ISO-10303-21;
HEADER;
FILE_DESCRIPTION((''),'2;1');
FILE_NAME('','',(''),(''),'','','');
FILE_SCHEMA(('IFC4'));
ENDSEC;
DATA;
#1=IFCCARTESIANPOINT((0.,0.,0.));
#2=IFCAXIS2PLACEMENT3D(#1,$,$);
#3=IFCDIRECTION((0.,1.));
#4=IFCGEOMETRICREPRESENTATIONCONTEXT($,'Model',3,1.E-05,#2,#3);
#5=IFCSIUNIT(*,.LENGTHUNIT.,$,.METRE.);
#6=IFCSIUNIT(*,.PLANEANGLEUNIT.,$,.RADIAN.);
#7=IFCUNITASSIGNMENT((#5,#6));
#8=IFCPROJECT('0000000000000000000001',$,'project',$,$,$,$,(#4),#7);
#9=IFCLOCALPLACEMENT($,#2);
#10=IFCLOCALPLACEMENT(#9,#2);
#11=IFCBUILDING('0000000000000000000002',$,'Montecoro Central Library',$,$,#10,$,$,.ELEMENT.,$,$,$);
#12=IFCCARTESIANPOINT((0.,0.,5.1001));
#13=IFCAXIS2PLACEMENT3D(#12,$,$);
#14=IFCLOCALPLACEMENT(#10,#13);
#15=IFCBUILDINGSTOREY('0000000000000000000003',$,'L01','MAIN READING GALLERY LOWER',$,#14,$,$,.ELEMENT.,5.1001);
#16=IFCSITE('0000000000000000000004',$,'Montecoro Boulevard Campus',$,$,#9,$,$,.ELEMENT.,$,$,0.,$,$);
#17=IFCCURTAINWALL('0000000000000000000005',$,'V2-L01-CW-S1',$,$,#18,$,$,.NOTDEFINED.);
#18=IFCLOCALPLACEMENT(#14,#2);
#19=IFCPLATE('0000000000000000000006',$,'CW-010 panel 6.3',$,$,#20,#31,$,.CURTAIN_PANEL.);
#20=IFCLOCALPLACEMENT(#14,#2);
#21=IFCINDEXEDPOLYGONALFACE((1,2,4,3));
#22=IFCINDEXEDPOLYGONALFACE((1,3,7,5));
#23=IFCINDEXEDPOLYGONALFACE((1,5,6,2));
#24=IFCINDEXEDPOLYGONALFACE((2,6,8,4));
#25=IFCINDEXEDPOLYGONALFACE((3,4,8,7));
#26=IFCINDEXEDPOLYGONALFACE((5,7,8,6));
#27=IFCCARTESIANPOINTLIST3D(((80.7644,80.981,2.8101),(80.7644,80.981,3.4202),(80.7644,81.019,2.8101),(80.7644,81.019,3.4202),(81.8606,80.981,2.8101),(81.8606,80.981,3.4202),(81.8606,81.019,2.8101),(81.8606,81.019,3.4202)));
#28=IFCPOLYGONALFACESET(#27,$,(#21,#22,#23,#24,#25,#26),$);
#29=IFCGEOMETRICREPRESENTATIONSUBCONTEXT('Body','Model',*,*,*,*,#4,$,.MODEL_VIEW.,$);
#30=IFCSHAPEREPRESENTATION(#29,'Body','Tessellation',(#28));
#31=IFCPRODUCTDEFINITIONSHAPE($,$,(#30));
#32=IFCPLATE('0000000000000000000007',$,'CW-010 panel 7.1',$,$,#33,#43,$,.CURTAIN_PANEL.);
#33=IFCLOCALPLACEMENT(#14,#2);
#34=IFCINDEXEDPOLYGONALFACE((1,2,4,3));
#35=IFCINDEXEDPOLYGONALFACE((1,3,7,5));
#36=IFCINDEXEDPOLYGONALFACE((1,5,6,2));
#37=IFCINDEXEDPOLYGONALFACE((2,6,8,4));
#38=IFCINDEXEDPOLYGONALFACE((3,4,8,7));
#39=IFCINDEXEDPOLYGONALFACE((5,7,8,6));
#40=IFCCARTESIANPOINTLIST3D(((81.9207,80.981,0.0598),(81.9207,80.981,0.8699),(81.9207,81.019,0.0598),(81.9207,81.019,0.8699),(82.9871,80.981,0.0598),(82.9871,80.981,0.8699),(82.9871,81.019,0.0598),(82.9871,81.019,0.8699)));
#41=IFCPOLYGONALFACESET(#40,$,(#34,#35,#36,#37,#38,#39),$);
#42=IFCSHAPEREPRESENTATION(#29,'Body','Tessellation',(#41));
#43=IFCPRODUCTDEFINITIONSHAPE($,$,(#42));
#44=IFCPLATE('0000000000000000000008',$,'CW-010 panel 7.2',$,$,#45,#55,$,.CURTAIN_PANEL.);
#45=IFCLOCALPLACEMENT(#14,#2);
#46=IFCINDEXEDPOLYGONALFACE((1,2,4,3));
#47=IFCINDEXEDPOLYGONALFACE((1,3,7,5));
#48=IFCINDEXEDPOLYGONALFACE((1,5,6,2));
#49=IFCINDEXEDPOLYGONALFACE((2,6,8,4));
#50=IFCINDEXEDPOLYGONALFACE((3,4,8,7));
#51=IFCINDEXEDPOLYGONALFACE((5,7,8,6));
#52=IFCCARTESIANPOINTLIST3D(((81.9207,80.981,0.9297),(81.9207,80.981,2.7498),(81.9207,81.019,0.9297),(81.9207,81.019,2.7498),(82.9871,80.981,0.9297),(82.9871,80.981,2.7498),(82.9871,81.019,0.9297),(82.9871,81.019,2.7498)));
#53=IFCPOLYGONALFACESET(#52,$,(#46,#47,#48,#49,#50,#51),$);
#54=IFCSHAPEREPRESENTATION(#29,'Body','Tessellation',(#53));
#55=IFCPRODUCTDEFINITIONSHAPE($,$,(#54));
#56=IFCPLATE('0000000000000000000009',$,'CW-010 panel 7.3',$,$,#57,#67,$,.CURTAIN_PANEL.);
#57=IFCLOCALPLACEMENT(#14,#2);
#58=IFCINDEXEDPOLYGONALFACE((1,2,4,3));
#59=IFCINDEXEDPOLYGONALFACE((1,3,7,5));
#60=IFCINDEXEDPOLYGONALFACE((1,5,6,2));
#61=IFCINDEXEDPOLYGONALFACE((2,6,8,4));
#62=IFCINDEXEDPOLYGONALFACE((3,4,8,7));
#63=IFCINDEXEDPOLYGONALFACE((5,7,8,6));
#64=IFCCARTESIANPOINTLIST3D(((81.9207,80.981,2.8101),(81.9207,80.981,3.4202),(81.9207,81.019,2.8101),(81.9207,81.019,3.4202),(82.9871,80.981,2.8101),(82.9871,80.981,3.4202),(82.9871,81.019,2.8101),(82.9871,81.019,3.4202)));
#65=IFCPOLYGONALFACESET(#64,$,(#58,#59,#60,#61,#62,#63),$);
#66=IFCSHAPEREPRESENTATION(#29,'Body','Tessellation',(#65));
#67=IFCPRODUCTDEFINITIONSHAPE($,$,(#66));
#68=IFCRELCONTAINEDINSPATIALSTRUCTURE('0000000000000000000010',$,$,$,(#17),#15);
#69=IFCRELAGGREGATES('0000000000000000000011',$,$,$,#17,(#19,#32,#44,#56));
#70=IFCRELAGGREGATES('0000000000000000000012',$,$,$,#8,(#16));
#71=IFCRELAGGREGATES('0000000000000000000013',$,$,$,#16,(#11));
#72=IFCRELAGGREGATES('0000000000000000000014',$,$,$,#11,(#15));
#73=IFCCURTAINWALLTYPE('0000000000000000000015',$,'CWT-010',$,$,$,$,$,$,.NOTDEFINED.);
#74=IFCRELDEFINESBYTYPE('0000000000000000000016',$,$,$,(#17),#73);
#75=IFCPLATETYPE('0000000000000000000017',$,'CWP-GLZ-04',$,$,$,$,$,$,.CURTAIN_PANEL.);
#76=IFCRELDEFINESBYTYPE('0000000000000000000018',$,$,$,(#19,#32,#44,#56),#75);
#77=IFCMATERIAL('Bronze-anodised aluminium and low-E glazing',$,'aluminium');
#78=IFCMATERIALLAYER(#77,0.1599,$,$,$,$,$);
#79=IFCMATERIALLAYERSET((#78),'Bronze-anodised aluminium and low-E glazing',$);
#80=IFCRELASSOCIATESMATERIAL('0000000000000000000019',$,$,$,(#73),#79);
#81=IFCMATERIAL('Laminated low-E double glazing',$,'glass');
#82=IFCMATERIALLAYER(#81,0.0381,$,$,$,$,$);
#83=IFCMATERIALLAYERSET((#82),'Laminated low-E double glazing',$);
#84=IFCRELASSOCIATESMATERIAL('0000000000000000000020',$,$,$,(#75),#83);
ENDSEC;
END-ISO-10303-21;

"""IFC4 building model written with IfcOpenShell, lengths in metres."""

from ifc_helpers import new_model, si_unit, direction, frame, origin, origin_2d, place, context, subcontext, project, spatial, rectangle, extrude, material, layer, layer_set, type_object, element, aggregate, save


model = new_model("IFC4")

# Units and contexts
model_context = context("Model", 3, precision=1e-05, world=origin(), true_north=direction((0.0, 1.0)))
body_context = subcontext(model_context, "Body", "Model", "MODEL_VIEW")
ifc_project = project(units=[si_unit("LENGTHUNIT", "METRE"), si_unit("PLANEANGLEUNIT", "RADIAN")], contexts=[model_context])

# Site, building, storey
site_placement = place(None, origin())
site = spatial("IfcSite", under=ifc_project, at=site_placement, Name="Montecoro Boulevard Campus", CompositionType="ELEMENT", RefElevation=0.0)
building_placement = place(site_placement, origin())
building = spatial("IfcBuilding", under=site, at=building_placement, Name="Montecoro Central Library", CompositionType="ELEMENT")
storey_placement = place(building_placement, frame((0.0, 0.0, 5.1001)))
storey = spatial("IfcBuildingStorey", under=building, at=storey_placement, Name="L01", Description="MAIN READING GALLERY LOWER", CompositionType="ELEMENT", Elevation=5.1001)

# Curtain wall, plates
ifc_material_1 = material(Name="Bronze-anodised aluminium and low-E glazing", Category="aluminium")
ifc_layer_1 = layer(ifc_material_1, 0.1599)
ifc_layer_set_1 = layer_set([ifc_layer_1], Name="Bronze-anodised aluminium and low-E glazing")
curtain_wall_type = type_object("IfcCurtainWallType", Name="CWT-010", PredefinedType="NOTDEFINED", material=ifc_layer_set_1)
curtain_wall_placement = place(storey_placement, origin())
curtain_wall = element("IfcCurtainWall", 1, at=curtain_wall_placement, inside=storey, type_object=curtain_wall_type, Name="V2-L01-CW-S1", PredefinedType="NOTDEFINED")
ifc_material_2 = material(Name="Laminated low-E double glazing", Category="glass")
ifc_layer_2 = layer(ifc_material_2, 0.0381)
ifc_layer_set_2 = layer_set([ifc_layer_2], Name="Laminated low-E double glazing")
plate_type = type_object("IfcPlateType", Name="CWP-GLZ-04", PredefinedType="CURTAIN_PANEL", material=ifc_layer_set_2)
plate_1_placement = place(storey_placement, frame((81.3125, 81.0, 2.8101), z_axis=(0.0, 0.0, 1.0), x_axis=(1.0, 0.0, 0.0)))
plate_1 = element("IfcPlate", 2, at=plate_1_placement, type_object=plate_type, Name="CW-010 panel 6.3", PredefinedType="CURTAIN_PANEL", context=body_context, shape_type="SweptSolid", body=[
    extrude(rectangle(XDim=1.0962, YDim=0.0381, at=origin_2d()), origin(), (0.0, 0.0, 1.0), 0.6101),
])
plate_2_placement = place(storey_placement, frame((82.4539, 81.0, 0.0598), z_axis=(0.0, 0.0, 1.0), x_axis=(1.0, 0.0, 0.0)))
plate_2 = element("IfcPlate", 3, at=plate_2_placement, type_object=plate_type, Name="CW-010 panel 7.1", PredefinedType="CURTAIN_PANEL", context=body_context, shape_type="SweptSolid", body=[
    extrude(rectangle(XDim=1.0664, YDim=0.0381, at=origin_2d()), origin(), (0.0, 0.0, 1.0), 0.8101),
])
plate_3_placement = place(storey_placement, frame((82.4539, 81.0, 0.9297), z_axis=(0.0, 0.0, 1.0), x_axis=(1.0, 0.0, 0.0)))
plate_3 = element("IfcPlate", 4, at=plate_3_placement, type_object=plate_type, Name="CW-010 panel 7.2", PredefinedType="CURTAIN_PANEL", context=body_context, shape_type="SweptSolid", body=[
    extrude(rectangle(XDim=1.0664, YDim=0.0381, at=origin_2d()), origin(), (0.0, 0.0, 1.0), 1.8201),
])
plate_4_placement = place(storey_placement, frame((82.4539, 81.0, 2.8101), z_axis=(0.0, 0.0, 1.0), x_axis=(1.0, 0.0, 0.0)))
plate_4 = element("IfcPlate", 5, at=plate_4_placement, type_object=plate_type, Name="CW-010 panel 7.3", PredefinedType="CURTAIN_PANEL", context=body_context, shape_type="SweptSolid", body=[
    extrude(rectangle(XDim=1.0664, YDim=0.0381, at=origin_2d()), origin(), (0.0, 0.0, 1.0), 0.6101),
])
aggregate(curtain_wall, [plate_1, plate_2, plate_3, plate_4])

save(model, "model.ifc")
